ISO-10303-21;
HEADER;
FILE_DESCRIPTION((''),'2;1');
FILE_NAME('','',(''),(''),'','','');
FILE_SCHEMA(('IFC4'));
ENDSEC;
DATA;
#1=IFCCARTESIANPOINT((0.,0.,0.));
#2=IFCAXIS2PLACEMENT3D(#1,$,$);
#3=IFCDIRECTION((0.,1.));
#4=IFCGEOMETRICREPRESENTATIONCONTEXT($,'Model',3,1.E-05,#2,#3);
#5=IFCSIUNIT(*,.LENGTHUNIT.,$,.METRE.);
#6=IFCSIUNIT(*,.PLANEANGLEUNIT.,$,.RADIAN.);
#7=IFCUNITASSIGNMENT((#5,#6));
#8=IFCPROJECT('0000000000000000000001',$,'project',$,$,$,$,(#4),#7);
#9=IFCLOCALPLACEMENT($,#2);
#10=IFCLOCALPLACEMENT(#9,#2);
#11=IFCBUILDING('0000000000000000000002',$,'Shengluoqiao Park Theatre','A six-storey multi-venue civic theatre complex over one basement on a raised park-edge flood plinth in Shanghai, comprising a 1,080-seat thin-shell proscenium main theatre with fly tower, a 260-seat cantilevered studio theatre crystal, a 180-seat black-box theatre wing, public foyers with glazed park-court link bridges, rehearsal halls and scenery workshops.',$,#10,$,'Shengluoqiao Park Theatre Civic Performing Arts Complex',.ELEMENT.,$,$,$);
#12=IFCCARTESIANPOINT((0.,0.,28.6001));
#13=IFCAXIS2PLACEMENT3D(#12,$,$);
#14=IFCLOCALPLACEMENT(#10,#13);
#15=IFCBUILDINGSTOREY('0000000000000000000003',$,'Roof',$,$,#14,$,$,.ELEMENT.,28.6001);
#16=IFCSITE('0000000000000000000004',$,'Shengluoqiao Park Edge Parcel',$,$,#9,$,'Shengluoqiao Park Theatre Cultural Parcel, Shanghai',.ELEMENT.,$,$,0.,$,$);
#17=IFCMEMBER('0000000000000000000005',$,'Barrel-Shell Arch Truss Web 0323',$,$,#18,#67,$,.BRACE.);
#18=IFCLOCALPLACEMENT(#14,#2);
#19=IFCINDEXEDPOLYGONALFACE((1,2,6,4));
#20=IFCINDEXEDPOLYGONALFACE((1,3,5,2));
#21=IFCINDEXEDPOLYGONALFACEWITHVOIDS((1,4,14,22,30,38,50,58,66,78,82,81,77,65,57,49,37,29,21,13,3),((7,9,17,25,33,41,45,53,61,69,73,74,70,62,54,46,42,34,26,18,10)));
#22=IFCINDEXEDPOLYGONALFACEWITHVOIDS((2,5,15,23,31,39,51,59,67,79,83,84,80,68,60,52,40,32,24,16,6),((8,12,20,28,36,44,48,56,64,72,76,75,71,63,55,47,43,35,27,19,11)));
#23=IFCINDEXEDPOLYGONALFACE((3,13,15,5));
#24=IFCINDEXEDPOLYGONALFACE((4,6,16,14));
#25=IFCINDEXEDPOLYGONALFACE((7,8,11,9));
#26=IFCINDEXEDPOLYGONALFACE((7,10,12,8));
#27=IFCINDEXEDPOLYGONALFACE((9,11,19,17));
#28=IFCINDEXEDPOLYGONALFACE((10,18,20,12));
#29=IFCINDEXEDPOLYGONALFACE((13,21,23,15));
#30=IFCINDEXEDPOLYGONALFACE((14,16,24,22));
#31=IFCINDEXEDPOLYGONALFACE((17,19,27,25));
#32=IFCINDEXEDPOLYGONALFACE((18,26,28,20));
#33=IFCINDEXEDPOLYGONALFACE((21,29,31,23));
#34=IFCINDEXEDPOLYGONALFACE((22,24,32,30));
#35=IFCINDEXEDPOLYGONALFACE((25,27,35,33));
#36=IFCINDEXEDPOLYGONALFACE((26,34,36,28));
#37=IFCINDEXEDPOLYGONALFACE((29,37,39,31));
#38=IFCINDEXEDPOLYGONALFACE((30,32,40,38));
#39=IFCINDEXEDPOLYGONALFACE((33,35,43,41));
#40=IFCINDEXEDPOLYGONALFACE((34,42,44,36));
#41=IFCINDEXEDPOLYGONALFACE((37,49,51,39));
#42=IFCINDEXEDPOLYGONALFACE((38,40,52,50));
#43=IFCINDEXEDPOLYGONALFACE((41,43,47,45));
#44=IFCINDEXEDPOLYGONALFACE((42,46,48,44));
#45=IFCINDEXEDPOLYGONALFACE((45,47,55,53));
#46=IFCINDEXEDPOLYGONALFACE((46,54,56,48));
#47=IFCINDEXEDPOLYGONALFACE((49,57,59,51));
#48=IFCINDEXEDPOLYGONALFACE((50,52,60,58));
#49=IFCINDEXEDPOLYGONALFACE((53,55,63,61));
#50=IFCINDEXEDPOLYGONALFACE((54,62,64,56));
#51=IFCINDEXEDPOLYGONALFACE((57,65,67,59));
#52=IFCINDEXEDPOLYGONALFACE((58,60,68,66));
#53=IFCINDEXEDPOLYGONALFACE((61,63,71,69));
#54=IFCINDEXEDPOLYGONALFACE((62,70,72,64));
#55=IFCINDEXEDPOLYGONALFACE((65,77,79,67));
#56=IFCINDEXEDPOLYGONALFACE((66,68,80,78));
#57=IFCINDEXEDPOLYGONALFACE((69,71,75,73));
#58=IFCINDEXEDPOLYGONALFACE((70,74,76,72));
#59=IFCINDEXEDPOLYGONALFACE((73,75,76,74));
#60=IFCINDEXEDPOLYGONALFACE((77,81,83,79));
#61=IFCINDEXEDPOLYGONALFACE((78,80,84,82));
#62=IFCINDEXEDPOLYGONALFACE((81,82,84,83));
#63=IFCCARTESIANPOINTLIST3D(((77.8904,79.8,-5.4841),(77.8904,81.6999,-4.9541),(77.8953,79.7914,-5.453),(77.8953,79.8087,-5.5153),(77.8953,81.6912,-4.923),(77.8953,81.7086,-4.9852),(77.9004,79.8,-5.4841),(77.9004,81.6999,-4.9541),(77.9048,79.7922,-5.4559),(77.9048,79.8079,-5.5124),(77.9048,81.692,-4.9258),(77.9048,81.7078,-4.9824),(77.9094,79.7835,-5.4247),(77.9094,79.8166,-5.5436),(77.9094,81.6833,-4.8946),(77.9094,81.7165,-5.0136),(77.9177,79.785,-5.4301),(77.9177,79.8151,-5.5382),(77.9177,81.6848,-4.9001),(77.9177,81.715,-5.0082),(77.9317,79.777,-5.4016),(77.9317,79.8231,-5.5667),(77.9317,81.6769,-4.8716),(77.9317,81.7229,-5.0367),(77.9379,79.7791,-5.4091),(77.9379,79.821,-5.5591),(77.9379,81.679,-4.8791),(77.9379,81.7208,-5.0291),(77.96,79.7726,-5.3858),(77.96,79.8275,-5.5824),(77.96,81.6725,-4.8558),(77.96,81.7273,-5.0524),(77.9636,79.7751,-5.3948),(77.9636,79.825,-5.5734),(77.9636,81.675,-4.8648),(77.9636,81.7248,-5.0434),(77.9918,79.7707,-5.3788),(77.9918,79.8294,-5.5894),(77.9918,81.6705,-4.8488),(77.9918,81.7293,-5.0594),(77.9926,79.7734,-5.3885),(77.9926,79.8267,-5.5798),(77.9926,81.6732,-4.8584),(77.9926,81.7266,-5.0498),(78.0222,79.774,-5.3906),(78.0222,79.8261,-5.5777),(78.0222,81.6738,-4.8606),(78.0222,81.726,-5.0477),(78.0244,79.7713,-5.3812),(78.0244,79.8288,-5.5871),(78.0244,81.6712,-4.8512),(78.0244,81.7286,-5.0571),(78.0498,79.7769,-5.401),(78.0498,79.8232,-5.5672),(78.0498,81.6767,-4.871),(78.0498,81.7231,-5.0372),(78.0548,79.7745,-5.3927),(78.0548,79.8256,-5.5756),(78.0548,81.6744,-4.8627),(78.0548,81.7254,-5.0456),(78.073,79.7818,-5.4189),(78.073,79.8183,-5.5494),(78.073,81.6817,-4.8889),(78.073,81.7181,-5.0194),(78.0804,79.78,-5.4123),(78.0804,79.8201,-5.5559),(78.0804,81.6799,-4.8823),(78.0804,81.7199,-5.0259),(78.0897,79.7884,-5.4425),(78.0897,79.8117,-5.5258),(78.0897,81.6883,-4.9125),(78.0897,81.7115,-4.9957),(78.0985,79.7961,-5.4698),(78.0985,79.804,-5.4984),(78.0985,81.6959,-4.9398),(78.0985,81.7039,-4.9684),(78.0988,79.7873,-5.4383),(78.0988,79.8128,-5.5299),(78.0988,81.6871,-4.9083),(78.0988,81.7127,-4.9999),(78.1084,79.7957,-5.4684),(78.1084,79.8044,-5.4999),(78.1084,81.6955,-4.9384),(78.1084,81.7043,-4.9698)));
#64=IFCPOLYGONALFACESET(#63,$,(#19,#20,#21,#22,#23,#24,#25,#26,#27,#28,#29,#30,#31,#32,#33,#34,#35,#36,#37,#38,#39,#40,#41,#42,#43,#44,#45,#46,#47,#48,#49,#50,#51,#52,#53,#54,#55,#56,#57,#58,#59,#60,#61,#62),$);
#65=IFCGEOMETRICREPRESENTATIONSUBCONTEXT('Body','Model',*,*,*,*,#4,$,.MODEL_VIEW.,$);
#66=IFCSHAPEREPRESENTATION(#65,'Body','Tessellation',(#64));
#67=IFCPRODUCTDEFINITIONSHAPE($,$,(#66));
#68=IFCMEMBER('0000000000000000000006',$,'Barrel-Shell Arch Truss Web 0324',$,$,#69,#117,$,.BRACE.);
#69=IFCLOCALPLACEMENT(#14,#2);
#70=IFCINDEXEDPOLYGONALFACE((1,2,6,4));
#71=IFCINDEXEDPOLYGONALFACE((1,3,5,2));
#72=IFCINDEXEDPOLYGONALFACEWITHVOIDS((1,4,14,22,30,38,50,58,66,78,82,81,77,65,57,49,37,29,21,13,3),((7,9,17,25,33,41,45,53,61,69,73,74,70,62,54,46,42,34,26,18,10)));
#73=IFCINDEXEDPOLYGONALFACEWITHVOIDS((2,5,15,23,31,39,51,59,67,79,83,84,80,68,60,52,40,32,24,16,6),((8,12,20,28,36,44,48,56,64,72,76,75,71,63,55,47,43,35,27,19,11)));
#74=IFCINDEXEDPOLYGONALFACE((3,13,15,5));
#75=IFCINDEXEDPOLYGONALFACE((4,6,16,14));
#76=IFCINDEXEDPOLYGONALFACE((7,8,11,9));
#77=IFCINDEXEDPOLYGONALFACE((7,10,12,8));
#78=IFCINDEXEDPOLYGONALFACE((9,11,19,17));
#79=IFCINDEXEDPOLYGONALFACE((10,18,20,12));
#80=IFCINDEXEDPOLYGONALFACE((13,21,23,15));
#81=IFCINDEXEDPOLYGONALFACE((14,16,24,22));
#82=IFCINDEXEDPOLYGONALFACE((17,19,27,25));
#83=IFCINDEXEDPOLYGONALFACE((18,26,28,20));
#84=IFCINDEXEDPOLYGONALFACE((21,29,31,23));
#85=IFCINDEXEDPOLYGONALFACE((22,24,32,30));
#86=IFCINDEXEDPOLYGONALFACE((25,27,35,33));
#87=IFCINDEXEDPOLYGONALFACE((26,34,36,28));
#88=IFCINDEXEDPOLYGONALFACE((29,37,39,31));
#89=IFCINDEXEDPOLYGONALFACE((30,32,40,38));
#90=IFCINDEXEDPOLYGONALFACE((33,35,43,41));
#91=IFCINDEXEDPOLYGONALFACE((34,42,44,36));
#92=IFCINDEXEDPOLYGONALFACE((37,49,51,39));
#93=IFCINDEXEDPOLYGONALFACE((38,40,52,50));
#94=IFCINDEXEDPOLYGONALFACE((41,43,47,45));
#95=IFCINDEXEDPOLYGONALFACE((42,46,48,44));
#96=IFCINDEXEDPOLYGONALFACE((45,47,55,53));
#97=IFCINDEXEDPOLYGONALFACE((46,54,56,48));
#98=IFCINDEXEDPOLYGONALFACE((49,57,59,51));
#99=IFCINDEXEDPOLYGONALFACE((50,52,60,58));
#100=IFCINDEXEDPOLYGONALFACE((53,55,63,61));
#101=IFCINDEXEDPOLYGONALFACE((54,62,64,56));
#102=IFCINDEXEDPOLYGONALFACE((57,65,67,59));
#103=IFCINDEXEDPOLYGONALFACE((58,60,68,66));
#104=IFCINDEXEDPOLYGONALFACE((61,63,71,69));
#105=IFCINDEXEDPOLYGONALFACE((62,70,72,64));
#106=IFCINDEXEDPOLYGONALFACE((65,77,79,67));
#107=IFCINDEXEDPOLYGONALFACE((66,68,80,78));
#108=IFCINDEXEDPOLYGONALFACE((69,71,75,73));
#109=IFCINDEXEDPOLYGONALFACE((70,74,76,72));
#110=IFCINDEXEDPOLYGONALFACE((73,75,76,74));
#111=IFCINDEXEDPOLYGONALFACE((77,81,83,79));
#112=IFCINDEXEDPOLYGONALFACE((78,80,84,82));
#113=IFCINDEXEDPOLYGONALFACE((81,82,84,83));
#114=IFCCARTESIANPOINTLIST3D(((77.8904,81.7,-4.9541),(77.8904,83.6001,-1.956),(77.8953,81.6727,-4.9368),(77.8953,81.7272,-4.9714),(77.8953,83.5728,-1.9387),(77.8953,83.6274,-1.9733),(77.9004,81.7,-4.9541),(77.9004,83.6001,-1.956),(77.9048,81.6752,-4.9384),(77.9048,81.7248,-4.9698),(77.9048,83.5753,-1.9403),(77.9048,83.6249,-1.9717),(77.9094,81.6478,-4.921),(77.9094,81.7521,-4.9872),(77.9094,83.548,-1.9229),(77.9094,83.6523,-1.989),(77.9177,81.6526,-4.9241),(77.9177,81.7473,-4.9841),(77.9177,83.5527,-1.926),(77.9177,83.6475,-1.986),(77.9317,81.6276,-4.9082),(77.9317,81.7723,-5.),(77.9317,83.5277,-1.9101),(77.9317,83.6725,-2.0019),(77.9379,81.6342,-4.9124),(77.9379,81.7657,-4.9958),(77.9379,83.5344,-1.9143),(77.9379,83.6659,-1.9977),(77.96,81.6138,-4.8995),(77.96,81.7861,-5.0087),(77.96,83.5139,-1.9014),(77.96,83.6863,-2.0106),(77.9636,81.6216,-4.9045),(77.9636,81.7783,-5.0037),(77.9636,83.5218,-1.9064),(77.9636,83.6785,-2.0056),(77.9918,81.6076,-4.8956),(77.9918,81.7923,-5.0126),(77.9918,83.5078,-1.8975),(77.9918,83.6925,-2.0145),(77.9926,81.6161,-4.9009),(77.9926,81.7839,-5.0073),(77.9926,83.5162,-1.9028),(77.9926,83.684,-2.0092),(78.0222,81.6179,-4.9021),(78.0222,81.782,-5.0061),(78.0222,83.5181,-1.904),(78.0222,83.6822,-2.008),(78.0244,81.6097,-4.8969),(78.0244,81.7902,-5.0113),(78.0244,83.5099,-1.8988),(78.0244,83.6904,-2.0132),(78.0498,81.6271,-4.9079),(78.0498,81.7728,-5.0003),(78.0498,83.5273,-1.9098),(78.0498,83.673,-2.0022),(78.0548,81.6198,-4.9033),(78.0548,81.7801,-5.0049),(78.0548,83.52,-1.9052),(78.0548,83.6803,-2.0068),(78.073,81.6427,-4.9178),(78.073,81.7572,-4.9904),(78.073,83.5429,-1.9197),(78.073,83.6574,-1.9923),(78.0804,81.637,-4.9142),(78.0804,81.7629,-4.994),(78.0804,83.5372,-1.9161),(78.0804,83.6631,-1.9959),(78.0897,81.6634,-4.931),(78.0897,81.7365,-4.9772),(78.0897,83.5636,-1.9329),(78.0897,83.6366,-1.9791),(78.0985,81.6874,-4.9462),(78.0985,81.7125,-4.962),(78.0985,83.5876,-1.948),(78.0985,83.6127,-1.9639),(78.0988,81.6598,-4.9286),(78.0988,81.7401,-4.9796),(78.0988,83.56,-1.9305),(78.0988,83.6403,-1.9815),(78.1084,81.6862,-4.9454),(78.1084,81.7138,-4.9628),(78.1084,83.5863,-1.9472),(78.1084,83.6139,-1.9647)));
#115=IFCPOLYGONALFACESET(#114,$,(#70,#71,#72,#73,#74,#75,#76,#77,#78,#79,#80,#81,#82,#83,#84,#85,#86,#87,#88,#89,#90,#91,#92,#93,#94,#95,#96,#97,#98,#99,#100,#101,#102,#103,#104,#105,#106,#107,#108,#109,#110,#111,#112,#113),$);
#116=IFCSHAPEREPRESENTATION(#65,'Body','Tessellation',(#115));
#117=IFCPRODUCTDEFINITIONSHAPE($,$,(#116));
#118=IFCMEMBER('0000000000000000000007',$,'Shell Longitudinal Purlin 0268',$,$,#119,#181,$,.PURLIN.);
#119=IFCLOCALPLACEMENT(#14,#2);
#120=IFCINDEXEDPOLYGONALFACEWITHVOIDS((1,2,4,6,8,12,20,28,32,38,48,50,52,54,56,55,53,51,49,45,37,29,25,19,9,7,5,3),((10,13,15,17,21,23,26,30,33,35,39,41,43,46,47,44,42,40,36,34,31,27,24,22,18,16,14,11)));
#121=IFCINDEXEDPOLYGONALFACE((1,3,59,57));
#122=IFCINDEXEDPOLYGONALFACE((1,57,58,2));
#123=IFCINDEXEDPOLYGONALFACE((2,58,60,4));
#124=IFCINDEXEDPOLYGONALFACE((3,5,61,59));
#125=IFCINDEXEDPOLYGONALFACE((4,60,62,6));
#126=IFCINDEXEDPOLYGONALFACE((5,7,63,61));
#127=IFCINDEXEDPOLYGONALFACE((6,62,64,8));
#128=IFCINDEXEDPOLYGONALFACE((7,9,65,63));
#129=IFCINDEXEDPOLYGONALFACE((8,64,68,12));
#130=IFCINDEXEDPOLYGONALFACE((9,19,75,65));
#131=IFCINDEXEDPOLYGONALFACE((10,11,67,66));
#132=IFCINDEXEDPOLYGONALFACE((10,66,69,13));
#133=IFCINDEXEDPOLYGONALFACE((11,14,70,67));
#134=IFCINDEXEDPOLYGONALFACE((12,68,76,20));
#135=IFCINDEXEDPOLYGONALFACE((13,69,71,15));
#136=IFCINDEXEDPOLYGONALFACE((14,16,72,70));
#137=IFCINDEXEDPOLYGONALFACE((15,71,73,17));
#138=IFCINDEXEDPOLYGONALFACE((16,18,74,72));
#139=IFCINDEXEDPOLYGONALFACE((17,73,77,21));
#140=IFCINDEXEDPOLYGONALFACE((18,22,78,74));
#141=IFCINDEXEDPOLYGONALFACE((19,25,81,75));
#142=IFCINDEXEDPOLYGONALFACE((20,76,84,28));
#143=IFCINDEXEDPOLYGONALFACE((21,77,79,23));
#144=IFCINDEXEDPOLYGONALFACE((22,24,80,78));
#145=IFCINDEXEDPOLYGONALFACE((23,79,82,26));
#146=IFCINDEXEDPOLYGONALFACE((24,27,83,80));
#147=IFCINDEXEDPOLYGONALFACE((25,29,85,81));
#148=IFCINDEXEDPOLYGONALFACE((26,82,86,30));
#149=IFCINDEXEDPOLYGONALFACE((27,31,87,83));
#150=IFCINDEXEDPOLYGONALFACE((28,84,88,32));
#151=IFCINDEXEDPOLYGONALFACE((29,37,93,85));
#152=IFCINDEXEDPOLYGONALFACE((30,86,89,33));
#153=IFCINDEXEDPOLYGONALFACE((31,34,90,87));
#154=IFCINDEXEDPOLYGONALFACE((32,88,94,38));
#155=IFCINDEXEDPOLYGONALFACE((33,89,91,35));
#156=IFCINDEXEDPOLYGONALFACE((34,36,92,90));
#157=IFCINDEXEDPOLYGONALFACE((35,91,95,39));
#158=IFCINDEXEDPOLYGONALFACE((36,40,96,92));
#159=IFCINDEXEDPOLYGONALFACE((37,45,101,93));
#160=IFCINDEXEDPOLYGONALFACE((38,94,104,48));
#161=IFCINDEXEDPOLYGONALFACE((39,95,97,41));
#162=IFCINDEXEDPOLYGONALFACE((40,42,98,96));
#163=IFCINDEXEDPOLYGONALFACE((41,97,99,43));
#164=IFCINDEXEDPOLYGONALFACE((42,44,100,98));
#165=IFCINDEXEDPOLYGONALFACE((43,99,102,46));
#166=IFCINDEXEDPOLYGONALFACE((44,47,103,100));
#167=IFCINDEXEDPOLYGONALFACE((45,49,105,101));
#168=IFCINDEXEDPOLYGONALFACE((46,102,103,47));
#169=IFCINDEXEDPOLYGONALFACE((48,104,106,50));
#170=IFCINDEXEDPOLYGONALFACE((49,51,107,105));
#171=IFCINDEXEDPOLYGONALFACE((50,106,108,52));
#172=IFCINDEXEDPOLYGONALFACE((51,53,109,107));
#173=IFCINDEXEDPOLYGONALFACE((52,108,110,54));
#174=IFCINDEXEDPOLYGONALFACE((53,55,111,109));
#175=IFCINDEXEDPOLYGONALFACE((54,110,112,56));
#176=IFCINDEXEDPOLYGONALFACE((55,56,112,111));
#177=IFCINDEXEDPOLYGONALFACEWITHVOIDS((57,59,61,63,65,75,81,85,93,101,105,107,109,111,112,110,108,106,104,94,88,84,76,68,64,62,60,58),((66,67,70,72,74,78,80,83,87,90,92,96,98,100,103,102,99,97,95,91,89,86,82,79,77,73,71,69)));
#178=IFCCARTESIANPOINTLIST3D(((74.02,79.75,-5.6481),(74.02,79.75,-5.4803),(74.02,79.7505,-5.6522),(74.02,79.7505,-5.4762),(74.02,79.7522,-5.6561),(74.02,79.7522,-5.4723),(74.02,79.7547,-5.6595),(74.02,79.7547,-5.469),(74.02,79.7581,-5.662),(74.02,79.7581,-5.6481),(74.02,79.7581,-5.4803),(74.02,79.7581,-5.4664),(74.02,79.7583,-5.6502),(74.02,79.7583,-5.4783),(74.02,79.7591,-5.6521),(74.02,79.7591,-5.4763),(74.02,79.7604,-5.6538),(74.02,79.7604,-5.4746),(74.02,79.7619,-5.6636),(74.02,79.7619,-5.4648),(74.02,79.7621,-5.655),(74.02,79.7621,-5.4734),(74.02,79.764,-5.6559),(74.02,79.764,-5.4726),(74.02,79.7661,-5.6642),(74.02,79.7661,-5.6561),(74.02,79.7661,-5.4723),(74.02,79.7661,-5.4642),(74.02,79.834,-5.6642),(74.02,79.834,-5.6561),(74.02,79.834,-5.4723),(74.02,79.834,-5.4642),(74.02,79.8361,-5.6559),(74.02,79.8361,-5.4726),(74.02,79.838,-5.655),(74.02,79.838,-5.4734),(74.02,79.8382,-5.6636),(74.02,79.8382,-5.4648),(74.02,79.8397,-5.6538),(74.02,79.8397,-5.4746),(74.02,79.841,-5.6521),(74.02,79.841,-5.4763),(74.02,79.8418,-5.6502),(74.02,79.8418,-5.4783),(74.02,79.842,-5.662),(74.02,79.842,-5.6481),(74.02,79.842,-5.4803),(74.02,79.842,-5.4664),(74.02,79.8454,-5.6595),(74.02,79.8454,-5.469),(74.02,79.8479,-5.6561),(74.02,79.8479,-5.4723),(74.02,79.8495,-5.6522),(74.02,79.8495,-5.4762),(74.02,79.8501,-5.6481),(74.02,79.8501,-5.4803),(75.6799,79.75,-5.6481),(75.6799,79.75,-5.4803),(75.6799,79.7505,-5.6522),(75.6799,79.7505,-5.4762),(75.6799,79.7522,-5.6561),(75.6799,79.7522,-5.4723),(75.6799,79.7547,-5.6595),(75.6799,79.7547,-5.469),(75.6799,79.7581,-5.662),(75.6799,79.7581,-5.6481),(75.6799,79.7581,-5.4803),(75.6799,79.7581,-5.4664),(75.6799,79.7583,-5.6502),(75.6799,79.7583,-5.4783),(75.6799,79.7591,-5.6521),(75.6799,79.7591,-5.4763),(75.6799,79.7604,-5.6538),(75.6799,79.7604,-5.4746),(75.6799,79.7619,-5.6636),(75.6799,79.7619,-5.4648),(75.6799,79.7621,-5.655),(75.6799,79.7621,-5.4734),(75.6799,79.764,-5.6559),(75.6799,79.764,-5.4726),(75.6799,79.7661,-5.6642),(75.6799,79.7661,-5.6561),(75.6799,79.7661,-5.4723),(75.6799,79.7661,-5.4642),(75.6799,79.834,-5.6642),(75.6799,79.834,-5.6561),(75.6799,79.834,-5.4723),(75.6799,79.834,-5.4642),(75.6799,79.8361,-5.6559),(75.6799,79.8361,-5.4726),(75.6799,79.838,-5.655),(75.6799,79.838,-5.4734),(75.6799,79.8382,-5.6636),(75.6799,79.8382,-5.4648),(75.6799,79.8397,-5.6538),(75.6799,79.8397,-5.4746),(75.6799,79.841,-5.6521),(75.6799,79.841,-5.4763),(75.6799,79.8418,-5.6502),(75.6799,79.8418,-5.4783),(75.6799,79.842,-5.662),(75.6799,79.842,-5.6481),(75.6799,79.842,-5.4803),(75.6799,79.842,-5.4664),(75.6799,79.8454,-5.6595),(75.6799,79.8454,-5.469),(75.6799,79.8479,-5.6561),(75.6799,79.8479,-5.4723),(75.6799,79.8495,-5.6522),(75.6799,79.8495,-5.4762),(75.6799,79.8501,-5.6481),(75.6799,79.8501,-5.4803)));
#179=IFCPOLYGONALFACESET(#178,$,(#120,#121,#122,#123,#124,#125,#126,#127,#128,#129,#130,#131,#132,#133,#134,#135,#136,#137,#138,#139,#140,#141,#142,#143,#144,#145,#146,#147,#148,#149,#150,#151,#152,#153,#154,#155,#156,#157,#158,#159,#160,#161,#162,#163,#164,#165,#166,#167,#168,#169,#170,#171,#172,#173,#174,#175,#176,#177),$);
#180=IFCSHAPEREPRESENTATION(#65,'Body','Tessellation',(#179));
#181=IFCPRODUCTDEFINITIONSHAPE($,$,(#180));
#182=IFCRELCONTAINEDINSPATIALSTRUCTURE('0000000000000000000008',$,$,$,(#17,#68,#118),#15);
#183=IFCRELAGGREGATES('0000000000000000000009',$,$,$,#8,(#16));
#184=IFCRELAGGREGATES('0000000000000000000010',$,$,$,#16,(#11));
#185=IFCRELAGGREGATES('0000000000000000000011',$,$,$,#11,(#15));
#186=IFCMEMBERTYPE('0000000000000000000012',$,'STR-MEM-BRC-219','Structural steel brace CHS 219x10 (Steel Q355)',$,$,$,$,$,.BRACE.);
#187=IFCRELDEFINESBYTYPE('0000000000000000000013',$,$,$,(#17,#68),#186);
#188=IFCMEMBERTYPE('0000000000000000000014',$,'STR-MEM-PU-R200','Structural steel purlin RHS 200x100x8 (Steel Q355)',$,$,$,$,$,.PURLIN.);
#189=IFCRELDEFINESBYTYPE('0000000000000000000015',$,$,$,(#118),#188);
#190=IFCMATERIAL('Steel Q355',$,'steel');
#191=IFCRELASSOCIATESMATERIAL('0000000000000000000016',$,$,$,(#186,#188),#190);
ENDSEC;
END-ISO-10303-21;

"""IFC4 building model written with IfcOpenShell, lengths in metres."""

from ifc_helpers import new_model, si_unit, direction, frame, origin, origin_2d, place, context, subcontext, project, spatial, hollow_rectangle, hollow_circle, extrude, material, material_profile, profile_set, type_object, element, save


model = new_model("IFC4")

# Units and contexts
model_context = context("Model", 3, precision=1e-05, world=origin(), true_north=direction((0.0, 1.0)))
body_context = subcontext(model_context, "Body", "Model", "MODEL_VIEW")
ifc_project = project(units=[si_unit("LENGTHUNIT", "METRE"), si_unit("PLANEANGLEUNIT", "RADIAN")], contexts=[model_context])

# Site, building, storey
site_placement = place(None, origin())
site = spatial("IfcSite", under=ifc_project, at=site_placement, Name="Shengluoqiao Park Edge Parcel", LongName="Shengluoqiao Park Theatre Cultural Parcel, Shanghai", CompositionType="ELEMENT", RefElevation=0.0)
building_placement = place(site_placement, origin())
building = spatial("IfcBuilding", under=site, at=building_placement, Name="Shengluoqiao Park Theatre", Description="A six-storey multi-venue civic theatre complex over one basement on a raised park-edge flood plinth in Shanghai, comprising a 1,080-seat thin-shell proscenium main theatre with fly tower, a 260-seat cantilevered studio theatre crystal, a 180-seat black-box theatre wing, public foyers with glazed park-court link bridges, rehearsal halls and scenery workshops.", LongName="Shengluoqiao Park Theatre Civic Performing Arts Complex", CompositionType="ELEMENT")
storey_placement = place(building_placement, frame((0.0, 0.0, 28.6001)))
storey = spatial("IfcBuildingStorey", under=building, at=storey_placement, Name="Roof", CompositionType="ELEMENT", Elevation=28.6001)

# Shared definitions
ifc_material_1 = material(Name="Steel Q355", Category="steel")

# Members
ifc_material_profile_1 = material_profile(ifc_material_1, hollow_circle(Radius=0.1096, WallThickness=0.01, at=origin_2d()), Name="CHS 219x10")
ifc_profile_set_1 = profile_set([ifc_material_profile_1], Name="Steel Q355")
member_type_1 = type_object("IfcMemberType", Name="STR-MEM-BRC-219", Description="Structural steel brace CHS 219x10 (Steel Q355)", PredefinedType="BRACE", material=ifc_profile_set_1)
member_1_placement = place(storey_placement, frame((78.0, 79.8, -5.4841), z_axis=(0.0, 0.963219, 0.268716), x_axis=(-1.0, 0.0, 0.0)))
element("IfcMember", 1, at=member_1_placement, inside=storey, type_object=member_type_1, Name="Barrel-Shell Arch Truss Web 0323", PredefinedType="BRACE", context=body_context, shape_type="SweptSolid", body=[
    extrude(hollow_circle(Radius=0.1096, WallThickness=0.01, at=origin_2d()), origin(), (0.0, 0.0, 1.0), 1.9724),
])
member_2_placement = place(storey_placement, frame((78.0, 81.7, -4.9541), z_axis=(0.0, 0.53533, 0.844643), x_axis=(-1.0, 0.0, 0.0)))
element("IfcMember", 2, at=member_2_placement, inside=storey, type_object=member_type_1, Name="Barrel-Shell Arch Truss Web 0324", PredefinedType="BRACE", context=body_context, shape_type="SweptSolid", body=[
    extrude(hollow_circle(Radius=0.1096, WallThickness=0.01, at=origin_2d()), origin(), (0.0, 0.0, 1.0), 3.5496),
])
ifc_material_profile_2 = material_profile(ifc_material_1, hollow_rectangle(XDim=0.1001, YDim=0.2, WallThickness=0.0081, InnerFilletRadius=0.0081, OuterFilletRadius=0.0161, at=origin_2d()), Name="RHS 200x100x8")
ifc_profile_set_2 = profile_set([ifc_material_profile_2], Name="Steel Q355")
member_type_2 = type_object("IfcMemberType", Name="STR-MEM-PU-R200", Description="Structural steel purlin RHS 200x100x8 (Steel Q355)", PredefinedType="PURLIN", material=ifc_profile_set_2)
for number, where, z_axis, x_axis, name in (
    (3, (74.02, 79.8, -5.5642), (1.0, 0.0, 0.0), (0.0, 1.0, 0.0), "Shell Longitudinal Purlin 0268"),
):
    element("IfcMember", number, at=place(storey_placement, frame(where, z_axis=z_axis, x_axis=x_axis)), inside=storey, type_object=member_type_2, Name=name, PredefinedType="PURLIN", context=body_context, shape_type="SweptSolid", body=[
        extrude(hollow_rectangle(XDim=0.1001, YDim=0.2, WallThickness=0.0081, InnerFilletRadius=0.0081, OuterFilletRadius=0.0161, at=origin_2d()), origin(), (0.0, 0.0, 1.0), 1.6599),
    ])

save(model, "model.ifc")
